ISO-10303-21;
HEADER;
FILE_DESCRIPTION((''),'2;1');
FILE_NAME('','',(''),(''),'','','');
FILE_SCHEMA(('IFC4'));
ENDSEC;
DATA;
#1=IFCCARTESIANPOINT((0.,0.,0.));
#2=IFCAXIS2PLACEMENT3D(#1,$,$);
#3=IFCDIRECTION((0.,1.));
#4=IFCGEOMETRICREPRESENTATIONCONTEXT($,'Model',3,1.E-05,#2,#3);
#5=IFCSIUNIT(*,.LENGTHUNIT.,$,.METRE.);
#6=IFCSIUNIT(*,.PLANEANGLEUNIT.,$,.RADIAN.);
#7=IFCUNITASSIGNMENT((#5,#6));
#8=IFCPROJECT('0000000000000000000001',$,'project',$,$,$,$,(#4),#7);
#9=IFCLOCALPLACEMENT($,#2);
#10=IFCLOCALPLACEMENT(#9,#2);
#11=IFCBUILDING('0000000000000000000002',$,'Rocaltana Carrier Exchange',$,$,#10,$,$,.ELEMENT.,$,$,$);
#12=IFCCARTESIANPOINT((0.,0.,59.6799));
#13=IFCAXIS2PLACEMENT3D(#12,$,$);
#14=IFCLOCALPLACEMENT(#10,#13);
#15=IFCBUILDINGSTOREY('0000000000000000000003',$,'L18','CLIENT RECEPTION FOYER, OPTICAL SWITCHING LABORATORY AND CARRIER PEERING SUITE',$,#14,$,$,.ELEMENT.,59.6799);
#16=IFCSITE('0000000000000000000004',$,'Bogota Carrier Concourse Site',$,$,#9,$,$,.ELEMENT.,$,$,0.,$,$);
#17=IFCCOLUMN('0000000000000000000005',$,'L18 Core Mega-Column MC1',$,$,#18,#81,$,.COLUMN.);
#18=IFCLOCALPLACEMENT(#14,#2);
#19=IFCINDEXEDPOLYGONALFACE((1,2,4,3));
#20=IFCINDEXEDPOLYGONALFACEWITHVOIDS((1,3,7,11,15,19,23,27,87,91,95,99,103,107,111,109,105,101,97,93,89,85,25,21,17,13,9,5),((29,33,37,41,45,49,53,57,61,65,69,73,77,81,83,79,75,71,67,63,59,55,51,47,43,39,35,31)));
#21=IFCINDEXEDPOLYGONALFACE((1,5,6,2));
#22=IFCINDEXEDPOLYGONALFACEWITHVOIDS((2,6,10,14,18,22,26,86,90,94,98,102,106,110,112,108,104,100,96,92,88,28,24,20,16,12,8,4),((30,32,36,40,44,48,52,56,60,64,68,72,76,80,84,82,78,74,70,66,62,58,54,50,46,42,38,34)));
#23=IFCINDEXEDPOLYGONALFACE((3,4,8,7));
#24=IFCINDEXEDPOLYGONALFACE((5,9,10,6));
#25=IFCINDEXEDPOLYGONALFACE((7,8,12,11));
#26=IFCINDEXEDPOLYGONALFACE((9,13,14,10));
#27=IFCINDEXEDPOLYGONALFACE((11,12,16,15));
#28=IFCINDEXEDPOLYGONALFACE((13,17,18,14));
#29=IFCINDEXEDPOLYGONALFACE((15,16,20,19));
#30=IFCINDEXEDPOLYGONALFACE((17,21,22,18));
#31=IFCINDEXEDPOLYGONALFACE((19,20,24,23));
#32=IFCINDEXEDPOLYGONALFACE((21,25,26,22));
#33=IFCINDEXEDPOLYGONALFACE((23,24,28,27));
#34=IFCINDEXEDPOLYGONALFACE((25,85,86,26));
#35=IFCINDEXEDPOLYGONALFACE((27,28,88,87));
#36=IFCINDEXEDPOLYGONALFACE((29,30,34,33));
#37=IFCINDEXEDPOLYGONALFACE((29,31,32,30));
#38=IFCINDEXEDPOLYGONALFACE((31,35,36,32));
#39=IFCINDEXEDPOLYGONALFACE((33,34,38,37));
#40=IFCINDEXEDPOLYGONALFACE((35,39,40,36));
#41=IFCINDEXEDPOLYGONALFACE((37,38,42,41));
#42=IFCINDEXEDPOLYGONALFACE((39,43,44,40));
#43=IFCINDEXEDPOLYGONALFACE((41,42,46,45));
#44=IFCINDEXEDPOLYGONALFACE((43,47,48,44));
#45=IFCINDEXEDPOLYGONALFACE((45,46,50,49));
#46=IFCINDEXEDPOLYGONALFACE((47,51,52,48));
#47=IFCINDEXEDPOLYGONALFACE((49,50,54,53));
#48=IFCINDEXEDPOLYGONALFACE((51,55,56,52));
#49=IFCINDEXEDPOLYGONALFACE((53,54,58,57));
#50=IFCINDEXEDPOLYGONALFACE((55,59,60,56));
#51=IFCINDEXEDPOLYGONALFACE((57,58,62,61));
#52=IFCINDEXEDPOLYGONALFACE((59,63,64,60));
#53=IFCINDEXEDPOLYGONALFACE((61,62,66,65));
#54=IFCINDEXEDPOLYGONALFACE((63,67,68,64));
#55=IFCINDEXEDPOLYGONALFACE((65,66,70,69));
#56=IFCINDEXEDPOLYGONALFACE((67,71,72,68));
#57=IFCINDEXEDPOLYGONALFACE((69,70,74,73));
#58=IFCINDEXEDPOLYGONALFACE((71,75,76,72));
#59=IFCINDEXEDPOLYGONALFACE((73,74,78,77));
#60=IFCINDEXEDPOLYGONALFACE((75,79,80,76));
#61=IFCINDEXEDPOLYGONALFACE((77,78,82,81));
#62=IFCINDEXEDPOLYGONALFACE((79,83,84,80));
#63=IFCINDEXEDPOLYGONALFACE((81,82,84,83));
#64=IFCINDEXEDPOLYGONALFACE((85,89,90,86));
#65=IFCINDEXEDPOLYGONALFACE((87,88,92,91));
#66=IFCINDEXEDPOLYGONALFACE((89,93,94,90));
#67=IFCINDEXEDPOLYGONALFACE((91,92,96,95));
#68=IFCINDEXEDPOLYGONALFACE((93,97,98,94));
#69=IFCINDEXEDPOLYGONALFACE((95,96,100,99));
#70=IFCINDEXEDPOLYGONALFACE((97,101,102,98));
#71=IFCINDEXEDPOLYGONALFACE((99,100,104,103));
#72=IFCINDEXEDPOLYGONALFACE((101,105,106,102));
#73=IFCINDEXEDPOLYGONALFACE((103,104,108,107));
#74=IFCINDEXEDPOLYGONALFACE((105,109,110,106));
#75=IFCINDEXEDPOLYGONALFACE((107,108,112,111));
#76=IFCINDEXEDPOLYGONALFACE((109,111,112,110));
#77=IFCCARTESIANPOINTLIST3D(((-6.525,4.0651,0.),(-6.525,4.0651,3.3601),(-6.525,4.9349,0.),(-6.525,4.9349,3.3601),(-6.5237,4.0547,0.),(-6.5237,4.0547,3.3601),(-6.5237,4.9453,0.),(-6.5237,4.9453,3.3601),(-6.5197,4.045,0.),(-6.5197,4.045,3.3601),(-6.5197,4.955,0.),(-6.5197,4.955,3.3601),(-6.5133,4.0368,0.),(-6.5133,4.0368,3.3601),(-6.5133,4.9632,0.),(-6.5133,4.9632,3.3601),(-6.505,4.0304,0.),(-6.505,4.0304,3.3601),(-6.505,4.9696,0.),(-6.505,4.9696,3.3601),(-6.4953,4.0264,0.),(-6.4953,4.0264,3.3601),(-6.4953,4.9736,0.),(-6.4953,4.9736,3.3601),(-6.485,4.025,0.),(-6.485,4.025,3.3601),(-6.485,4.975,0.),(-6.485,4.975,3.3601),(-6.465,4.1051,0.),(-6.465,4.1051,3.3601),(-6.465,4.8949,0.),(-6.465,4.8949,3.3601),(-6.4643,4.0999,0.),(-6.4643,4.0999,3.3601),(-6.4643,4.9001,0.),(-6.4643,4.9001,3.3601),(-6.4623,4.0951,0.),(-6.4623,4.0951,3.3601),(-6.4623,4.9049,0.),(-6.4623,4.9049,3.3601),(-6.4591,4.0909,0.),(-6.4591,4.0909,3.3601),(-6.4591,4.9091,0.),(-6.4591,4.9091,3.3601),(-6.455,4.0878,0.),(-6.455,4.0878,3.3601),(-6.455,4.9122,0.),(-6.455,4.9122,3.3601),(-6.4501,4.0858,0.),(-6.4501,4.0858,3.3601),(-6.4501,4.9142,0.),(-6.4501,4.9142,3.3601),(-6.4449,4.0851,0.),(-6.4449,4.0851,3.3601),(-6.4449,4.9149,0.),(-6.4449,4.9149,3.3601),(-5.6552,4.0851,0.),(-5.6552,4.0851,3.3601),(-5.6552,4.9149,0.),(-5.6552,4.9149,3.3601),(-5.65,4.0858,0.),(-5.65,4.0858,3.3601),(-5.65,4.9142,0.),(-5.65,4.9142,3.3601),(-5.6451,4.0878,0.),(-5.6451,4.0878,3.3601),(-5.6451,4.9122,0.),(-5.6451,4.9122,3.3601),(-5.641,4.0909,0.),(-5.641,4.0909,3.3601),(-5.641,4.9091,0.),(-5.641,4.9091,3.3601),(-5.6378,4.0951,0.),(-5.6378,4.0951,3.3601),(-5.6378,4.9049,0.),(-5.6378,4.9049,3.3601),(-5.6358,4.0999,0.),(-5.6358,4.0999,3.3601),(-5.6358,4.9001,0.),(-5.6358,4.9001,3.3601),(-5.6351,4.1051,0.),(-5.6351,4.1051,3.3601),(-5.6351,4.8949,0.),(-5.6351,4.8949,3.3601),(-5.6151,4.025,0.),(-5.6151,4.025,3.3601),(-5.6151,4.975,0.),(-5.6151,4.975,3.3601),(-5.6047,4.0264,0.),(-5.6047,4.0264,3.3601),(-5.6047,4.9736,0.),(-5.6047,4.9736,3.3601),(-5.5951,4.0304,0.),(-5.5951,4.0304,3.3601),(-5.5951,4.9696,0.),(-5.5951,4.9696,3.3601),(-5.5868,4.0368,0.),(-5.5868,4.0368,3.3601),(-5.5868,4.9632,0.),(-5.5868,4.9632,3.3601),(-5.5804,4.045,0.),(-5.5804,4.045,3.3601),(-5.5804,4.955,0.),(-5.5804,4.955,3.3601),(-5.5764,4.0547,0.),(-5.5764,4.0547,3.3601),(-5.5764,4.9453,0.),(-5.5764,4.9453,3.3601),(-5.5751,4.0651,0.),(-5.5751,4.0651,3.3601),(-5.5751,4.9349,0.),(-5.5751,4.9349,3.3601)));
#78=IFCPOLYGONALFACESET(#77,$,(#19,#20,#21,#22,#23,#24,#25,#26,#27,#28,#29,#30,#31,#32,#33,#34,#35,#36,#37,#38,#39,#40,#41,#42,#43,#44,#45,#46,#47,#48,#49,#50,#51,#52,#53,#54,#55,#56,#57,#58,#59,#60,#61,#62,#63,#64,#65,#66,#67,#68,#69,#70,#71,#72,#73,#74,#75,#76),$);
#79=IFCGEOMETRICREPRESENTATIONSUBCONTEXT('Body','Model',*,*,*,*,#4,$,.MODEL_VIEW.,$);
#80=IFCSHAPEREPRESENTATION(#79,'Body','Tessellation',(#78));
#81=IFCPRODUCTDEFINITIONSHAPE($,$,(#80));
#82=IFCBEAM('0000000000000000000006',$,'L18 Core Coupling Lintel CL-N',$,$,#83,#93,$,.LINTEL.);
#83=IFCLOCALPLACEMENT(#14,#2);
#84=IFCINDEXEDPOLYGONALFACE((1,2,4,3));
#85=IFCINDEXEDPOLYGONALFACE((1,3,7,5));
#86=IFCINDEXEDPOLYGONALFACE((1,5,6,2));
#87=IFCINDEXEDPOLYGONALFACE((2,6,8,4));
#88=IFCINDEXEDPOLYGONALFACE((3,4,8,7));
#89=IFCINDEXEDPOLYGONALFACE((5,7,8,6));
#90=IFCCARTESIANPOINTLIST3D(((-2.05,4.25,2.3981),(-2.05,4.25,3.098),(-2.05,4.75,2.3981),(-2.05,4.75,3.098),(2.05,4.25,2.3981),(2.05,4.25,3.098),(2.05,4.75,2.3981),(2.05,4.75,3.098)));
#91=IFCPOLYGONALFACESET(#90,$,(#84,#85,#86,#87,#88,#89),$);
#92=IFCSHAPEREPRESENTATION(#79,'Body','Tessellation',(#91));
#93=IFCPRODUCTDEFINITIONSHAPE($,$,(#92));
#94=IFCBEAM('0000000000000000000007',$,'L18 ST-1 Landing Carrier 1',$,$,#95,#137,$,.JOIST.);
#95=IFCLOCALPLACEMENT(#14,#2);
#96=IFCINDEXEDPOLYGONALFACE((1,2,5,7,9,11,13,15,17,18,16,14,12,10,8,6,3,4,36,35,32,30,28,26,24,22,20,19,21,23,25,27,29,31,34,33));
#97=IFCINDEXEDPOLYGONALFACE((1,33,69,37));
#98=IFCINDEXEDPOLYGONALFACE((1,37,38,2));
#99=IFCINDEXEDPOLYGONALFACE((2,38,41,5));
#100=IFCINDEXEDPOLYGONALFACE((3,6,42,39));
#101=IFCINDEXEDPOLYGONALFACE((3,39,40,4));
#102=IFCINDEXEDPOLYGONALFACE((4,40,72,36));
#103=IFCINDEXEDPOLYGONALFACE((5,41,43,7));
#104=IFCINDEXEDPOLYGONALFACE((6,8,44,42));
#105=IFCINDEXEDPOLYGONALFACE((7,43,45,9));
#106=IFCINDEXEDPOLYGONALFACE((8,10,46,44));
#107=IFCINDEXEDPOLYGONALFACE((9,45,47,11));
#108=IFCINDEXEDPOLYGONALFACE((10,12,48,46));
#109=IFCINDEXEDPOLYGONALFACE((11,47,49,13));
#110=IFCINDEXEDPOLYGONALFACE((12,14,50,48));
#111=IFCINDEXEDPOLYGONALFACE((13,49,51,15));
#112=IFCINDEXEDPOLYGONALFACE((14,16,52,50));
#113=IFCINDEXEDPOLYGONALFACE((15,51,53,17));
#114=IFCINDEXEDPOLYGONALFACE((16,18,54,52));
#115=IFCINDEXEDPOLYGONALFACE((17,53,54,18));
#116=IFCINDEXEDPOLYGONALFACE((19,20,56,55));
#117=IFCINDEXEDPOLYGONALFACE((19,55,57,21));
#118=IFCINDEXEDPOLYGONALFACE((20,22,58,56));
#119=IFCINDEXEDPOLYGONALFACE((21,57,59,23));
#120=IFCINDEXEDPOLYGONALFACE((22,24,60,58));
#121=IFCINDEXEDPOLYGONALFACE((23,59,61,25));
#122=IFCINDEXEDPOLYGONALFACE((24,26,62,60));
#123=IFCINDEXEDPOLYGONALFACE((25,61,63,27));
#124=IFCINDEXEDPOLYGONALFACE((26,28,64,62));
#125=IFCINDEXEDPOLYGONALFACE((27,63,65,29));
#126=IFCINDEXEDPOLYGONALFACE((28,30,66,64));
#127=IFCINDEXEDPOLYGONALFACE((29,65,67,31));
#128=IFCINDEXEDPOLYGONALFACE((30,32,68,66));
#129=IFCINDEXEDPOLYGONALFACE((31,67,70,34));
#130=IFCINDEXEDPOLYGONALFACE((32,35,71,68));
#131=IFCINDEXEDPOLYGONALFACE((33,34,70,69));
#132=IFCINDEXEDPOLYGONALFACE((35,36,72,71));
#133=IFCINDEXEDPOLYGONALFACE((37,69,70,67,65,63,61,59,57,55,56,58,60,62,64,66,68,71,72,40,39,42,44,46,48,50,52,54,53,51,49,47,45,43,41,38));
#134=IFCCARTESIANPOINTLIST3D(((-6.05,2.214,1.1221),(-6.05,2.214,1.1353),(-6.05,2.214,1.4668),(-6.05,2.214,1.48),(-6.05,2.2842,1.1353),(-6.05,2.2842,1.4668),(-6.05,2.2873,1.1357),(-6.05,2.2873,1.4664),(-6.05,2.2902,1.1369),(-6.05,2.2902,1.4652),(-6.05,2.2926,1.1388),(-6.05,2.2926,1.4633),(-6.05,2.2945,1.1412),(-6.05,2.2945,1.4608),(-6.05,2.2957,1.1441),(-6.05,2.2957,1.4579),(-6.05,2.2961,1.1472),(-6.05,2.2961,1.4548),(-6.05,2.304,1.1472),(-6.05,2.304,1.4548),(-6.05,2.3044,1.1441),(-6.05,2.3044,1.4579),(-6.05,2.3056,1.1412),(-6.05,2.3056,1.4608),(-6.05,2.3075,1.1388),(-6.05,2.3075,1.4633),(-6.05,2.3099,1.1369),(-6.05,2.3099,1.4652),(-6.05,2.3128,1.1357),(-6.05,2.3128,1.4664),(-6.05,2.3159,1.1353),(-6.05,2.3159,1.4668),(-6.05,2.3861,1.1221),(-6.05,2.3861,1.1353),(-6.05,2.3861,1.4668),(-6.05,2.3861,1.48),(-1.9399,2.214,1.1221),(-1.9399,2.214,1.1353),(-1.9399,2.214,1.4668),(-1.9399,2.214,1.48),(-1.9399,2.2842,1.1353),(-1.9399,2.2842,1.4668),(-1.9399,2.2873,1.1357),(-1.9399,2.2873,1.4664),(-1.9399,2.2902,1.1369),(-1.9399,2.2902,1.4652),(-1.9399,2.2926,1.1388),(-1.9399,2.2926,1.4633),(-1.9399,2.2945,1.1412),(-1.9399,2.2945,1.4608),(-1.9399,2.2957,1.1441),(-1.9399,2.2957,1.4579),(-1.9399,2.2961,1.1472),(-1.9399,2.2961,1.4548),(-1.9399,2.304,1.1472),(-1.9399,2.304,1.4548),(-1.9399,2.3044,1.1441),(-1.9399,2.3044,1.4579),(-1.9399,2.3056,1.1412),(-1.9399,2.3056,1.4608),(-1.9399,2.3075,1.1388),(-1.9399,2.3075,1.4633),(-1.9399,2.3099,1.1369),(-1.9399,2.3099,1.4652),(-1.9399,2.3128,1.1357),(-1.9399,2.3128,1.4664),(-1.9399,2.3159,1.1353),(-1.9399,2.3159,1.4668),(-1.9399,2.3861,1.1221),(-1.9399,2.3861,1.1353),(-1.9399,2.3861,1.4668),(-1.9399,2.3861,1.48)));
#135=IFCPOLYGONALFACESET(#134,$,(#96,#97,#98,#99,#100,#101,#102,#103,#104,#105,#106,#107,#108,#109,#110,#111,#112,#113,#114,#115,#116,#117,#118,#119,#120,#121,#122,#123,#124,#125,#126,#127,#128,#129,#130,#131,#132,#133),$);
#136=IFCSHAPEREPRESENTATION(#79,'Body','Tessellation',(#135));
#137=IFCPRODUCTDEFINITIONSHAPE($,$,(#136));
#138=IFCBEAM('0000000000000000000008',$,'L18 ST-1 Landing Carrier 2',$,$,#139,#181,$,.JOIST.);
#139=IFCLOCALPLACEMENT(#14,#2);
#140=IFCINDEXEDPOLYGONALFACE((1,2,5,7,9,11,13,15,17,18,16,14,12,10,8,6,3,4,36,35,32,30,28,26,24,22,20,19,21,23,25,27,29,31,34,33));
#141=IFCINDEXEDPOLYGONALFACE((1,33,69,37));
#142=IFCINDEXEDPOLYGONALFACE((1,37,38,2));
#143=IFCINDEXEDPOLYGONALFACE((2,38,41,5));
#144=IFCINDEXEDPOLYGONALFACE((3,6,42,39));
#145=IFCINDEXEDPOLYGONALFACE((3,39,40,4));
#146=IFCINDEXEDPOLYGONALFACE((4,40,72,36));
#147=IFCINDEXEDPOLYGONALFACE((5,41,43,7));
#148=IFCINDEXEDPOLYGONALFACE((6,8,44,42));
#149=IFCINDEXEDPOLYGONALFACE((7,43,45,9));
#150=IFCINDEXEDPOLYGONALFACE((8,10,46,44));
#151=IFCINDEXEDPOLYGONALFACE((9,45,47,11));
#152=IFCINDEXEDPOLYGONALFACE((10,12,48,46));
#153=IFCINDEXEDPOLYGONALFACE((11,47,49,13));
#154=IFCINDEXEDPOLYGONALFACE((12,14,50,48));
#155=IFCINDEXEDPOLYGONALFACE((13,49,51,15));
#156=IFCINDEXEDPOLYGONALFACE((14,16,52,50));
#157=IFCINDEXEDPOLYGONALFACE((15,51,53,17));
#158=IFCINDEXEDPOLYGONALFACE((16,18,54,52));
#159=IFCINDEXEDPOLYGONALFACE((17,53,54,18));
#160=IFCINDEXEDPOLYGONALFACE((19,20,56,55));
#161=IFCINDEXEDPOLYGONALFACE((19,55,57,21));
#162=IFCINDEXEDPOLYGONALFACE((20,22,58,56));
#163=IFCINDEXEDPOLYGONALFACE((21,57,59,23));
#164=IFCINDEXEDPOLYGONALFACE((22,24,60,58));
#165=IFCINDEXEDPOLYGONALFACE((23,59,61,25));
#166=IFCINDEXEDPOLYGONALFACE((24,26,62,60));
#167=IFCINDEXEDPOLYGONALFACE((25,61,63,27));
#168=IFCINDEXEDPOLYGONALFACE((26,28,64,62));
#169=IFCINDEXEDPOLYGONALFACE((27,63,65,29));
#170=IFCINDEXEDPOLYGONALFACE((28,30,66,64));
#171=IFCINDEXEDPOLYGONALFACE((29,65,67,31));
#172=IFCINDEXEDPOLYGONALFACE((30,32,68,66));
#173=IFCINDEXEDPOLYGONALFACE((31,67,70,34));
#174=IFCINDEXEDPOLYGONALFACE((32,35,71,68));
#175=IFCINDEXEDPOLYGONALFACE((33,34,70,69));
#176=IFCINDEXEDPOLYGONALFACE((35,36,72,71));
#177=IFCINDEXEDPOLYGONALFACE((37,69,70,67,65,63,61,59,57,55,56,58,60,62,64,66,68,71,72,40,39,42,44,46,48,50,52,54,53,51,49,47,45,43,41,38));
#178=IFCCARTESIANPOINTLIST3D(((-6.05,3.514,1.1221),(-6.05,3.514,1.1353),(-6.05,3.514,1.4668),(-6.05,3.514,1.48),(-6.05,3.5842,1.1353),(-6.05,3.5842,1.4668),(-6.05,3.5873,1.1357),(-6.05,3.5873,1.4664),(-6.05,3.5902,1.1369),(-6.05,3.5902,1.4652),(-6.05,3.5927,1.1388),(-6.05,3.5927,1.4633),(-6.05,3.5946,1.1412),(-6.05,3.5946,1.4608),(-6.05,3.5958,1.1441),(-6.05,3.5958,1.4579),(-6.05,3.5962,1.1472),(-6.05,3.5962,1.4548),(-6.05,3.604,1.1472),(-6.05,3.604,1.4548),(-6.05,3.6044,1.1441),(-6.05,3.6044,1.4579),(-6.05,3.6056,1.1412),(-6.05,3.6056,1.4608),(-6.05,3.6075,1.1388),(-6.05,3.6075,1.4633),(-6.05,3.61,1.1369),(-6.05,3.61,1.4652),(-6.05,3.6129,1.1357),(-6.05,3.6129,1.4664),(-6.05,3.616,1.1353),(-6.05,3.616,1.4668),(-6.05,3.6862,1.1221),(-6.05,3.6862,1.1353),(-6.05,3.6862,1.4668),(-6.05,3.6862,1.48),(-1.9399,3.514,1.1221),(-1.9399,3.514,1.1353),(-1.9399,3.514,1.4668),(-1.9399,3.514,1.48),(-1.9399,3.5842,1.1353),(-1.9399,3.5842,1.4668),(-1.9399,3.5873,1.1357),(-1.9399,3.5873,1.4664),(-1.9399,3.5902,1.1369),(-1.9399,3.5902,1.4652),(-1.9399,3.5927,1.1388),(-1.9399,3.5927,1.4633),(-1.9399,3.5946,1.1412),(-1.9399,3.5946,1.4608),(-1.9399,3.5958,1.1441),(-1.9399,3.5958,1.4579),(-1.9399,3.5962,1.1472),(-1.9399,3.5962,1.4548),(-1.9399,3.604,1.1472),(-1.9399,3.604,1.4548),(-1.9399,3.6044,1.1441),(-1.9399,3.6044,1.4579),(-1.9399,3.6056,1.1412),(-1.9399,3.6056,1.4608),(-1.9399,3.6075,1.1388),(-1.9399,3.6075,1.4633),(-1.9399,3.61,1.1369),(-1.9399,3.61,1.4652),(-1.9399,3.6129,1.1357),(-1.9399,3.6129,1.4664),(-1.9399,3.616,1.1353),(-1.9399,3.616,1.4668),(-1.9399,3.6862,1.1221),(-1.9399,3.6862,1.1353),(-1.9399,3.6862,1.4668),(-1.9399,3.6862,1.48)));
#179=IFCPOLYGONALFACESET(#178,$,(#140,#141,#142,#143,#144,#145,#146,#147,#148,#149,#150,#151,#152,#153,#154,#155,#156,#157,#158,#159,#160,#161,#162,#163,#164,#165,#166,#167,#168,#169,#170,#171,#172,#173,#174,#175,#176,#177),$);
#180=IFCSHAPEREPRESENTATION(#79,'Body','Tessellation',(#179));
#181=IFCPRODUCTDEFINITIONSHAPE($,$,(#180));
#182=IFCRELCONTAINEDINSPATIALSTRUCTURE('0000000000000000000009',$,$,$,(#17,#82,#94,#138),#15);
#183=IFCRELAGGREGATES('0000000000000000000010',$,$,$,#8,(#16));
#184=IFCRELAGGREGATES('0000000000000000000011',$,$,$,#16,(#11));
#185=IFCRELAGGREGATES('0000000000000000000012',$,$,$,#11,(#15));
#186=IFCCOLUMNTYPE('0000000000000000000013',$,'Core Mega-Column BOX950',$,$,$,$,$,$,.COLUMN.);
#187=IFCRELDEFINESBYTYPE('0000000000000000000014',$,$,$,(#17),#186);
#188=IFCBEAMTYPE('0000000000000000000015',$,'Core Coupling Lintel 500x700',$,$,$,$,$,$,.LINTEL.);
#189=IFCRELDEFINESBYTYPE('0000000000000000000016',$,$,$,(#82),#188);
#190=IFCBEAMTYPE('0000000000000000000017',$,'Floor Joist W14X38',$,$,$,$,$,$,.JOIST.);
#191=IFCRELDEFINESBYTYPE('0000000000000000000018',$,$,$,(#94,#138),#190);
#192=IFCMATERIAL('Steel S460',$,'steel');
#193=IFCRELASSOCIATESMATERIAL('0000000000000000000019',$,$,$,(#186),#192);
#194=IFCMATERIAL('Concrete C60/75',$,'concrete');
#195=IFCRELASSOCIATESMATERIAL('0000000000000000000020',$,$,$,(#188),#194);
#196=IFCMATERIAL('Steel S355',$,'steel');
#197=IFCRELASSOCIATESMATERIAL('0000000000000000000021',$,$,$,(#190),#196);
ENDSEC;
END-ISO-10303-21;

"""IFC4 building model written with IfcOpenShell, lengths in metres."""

from ifc_helpers import new_model, si_unit, direction, frame, origin, origin_2d, place, context, subcontext, project, spatial, rectangle, hollow_rectangle, i_section, extrude, material, material_profile, profile_set, type_object, element, save


model = new_model("IFC4")

# Units and contexts
model_context = context("Model", 3, precision=1e-05, world=origin(), true_north=direction((0.0, 1.0)))
body_context = subcontext(model_context, "Body", "Model", "MODEL_VIEW")
ifc_project = project(units=[si_unit("LENGTHUNIT", "METRE"), si_unit("PLANEANGLEUNIT", "RADIAN")], contexts=[model_context])

# Site, building, storey
site_placement = place(None, origin())
site = spatial("IfcSite", under=ifc_project, at=site_placement, Name="Bogota Carrier Concourse Site", CompositionType="ELEMENT", RefElevation=0.0)
building_placement = place(site_placement, origin())
building = spatial("IfcBuilding", under=site, at=building_placement, Name="Rocaltana Carrier Exchange", CompositionType="ELEMENT")
storey_placement = place(building_placement, frame((0.0, 0.0, 59.6799)))
storey = spatial("IfcBuildingStorey", under=building, at=storey_placement, Name="L18", Description="CLIENT RECEPTION FOYER, OPTICAL SWITCHING LABORATORY AND CARRIER PEERING SUITE", CompositionType="ELEMENT", Elevation=59.6799)

# Column
ifc_material_1 = material(Name="Steel S460", Category="steel")
ifc_material_profile_1 = material_profile(ifc_material_1, hollow_rectangle(XDim=0.95, YDim=0.95, WallThickness=0.0601, InnerFilletRadius=0.02, OuterFilletRadius=0.04, at=origin_2d()), Name="BOX950X950X60")
ifc_profile_set_1 = profile_set([ifc_material_profile_1], Name="Steel S460")
column_type = type_object("IfcColumnType", Name="Core Mega-Column BOX950", PredefinedType="COLUMN", material=ifc_profile_set_1)
column_placement = place(storey_placement, frame((-6.05, 4.5, 0.0), z_axis=(0.0, 0.0, 1.0), x_axis=(1.0, 0.0, 0.0)))
element("IfcColumn", 1, at=column_placement, inside=storey, type_object=column_type, Name="L18 Core Mega-Column MC1", PredefinedType="COLUMN", context=body_context, shape_type="SweptSolid", body=[
    extrude(hollow_rectangle(XDim=0.95, YDim=0.95, WallThickness=0.0601, InnerFilletRadius=0.02, OuterFilletRadius=0.04, at=origin_2d()), origin(), (0.0, 0.0, 1.0), 3.3601),
])

# Beams
ifc_material_2 = material(Name="Concrete C60/75", Category="concrete")
ifc_material_profile_2 = material_profile(ifc_material_2, rectangle(XDim=0.5, YDim=0.7, at=origin_2d()), Name="RC-BM-500X700")
ifc_profile_set_2 = profile_set([ifc_material_profile_2], Name="Concrete C60/75")
beam_type_1 = type_object("IfcBeamType", Name="Core Coupling Lintel 500x700", PredefinedType="LINTEL", material=ifc_profile_set_2)
beam_1_placement = place(storey_placement, frame((-2.05, 4.5, 2.748), z_axis=(1.0, 0.0, 0.0), x_axis=(0.0, 1.0, 0.0)))
element("IfcBeam", 2, at=beam_1_placement, inside=storey, type_object=beam_type_1, Name="L18 Core Coupling Lintel CL-N", PredefinedType="LINTEL", context=body_context, shape_type="SweptSolid", body=[
    extrude(rectangle(XDim=0.5, YDim=0.7, at=origin_2d()), origin(), (0.0, 0.0, 1.0), 4.1001),
])
ifc_material_3 = material(Name="Steel S355", Category="steel")
ifc_material_profile_3 = material_profile(ifc_material_3, i_section(OverallWidth=0.1721, OverallDepth=0.3579, WebThickness=0.0078, FlangeThickness=0.0132, FilletRadius=0.012, at=origin_2d()), Name="W14X38")
ifc_profile_set_3 = profile_set([ifc_material_profile_3], Name="Steel S355")
beam_type_2 = type_object("IfcBeamType", Name="Floor Joist W14X38", PredefinedType="JOIST", material=ifc_profile_set_3)
for number, where, z_axis, x_axis, name in (
    (3, (-6.05, 2.3, 1.301), (1.0, 0.0, 0.0), (0.0, 1.0, 0.0), "L18 ST-1 Landing Carrier 1"),
    (4, (-6.05, 3.6001, 1.301), (1.0, 0.0, 0.0), (0.0, 1.0, 0.0), "L18 ST-1 Landing Carrier 2"),
):
    element("IfcBeam", number, at=place(storey_placement, frame(where, z_axis=z_axis, x_axis=x_axis)), inside=storey, type_object=beam_type_2, Name=name, PredefinedType="JOIST", context=body_context, shape_type="SweptSolid", body=[
        extrude(i_section(OverallWidth=0.1721, OverallDepth=0.3579, WebThickness=0.0078, FlangeThickness=0.0132, FilletRadius=0.012, at=origin_2d()), origin(), (0.0, 0.0, 1.0), 4.1101),
    ])

save(model, "model.ifc")
